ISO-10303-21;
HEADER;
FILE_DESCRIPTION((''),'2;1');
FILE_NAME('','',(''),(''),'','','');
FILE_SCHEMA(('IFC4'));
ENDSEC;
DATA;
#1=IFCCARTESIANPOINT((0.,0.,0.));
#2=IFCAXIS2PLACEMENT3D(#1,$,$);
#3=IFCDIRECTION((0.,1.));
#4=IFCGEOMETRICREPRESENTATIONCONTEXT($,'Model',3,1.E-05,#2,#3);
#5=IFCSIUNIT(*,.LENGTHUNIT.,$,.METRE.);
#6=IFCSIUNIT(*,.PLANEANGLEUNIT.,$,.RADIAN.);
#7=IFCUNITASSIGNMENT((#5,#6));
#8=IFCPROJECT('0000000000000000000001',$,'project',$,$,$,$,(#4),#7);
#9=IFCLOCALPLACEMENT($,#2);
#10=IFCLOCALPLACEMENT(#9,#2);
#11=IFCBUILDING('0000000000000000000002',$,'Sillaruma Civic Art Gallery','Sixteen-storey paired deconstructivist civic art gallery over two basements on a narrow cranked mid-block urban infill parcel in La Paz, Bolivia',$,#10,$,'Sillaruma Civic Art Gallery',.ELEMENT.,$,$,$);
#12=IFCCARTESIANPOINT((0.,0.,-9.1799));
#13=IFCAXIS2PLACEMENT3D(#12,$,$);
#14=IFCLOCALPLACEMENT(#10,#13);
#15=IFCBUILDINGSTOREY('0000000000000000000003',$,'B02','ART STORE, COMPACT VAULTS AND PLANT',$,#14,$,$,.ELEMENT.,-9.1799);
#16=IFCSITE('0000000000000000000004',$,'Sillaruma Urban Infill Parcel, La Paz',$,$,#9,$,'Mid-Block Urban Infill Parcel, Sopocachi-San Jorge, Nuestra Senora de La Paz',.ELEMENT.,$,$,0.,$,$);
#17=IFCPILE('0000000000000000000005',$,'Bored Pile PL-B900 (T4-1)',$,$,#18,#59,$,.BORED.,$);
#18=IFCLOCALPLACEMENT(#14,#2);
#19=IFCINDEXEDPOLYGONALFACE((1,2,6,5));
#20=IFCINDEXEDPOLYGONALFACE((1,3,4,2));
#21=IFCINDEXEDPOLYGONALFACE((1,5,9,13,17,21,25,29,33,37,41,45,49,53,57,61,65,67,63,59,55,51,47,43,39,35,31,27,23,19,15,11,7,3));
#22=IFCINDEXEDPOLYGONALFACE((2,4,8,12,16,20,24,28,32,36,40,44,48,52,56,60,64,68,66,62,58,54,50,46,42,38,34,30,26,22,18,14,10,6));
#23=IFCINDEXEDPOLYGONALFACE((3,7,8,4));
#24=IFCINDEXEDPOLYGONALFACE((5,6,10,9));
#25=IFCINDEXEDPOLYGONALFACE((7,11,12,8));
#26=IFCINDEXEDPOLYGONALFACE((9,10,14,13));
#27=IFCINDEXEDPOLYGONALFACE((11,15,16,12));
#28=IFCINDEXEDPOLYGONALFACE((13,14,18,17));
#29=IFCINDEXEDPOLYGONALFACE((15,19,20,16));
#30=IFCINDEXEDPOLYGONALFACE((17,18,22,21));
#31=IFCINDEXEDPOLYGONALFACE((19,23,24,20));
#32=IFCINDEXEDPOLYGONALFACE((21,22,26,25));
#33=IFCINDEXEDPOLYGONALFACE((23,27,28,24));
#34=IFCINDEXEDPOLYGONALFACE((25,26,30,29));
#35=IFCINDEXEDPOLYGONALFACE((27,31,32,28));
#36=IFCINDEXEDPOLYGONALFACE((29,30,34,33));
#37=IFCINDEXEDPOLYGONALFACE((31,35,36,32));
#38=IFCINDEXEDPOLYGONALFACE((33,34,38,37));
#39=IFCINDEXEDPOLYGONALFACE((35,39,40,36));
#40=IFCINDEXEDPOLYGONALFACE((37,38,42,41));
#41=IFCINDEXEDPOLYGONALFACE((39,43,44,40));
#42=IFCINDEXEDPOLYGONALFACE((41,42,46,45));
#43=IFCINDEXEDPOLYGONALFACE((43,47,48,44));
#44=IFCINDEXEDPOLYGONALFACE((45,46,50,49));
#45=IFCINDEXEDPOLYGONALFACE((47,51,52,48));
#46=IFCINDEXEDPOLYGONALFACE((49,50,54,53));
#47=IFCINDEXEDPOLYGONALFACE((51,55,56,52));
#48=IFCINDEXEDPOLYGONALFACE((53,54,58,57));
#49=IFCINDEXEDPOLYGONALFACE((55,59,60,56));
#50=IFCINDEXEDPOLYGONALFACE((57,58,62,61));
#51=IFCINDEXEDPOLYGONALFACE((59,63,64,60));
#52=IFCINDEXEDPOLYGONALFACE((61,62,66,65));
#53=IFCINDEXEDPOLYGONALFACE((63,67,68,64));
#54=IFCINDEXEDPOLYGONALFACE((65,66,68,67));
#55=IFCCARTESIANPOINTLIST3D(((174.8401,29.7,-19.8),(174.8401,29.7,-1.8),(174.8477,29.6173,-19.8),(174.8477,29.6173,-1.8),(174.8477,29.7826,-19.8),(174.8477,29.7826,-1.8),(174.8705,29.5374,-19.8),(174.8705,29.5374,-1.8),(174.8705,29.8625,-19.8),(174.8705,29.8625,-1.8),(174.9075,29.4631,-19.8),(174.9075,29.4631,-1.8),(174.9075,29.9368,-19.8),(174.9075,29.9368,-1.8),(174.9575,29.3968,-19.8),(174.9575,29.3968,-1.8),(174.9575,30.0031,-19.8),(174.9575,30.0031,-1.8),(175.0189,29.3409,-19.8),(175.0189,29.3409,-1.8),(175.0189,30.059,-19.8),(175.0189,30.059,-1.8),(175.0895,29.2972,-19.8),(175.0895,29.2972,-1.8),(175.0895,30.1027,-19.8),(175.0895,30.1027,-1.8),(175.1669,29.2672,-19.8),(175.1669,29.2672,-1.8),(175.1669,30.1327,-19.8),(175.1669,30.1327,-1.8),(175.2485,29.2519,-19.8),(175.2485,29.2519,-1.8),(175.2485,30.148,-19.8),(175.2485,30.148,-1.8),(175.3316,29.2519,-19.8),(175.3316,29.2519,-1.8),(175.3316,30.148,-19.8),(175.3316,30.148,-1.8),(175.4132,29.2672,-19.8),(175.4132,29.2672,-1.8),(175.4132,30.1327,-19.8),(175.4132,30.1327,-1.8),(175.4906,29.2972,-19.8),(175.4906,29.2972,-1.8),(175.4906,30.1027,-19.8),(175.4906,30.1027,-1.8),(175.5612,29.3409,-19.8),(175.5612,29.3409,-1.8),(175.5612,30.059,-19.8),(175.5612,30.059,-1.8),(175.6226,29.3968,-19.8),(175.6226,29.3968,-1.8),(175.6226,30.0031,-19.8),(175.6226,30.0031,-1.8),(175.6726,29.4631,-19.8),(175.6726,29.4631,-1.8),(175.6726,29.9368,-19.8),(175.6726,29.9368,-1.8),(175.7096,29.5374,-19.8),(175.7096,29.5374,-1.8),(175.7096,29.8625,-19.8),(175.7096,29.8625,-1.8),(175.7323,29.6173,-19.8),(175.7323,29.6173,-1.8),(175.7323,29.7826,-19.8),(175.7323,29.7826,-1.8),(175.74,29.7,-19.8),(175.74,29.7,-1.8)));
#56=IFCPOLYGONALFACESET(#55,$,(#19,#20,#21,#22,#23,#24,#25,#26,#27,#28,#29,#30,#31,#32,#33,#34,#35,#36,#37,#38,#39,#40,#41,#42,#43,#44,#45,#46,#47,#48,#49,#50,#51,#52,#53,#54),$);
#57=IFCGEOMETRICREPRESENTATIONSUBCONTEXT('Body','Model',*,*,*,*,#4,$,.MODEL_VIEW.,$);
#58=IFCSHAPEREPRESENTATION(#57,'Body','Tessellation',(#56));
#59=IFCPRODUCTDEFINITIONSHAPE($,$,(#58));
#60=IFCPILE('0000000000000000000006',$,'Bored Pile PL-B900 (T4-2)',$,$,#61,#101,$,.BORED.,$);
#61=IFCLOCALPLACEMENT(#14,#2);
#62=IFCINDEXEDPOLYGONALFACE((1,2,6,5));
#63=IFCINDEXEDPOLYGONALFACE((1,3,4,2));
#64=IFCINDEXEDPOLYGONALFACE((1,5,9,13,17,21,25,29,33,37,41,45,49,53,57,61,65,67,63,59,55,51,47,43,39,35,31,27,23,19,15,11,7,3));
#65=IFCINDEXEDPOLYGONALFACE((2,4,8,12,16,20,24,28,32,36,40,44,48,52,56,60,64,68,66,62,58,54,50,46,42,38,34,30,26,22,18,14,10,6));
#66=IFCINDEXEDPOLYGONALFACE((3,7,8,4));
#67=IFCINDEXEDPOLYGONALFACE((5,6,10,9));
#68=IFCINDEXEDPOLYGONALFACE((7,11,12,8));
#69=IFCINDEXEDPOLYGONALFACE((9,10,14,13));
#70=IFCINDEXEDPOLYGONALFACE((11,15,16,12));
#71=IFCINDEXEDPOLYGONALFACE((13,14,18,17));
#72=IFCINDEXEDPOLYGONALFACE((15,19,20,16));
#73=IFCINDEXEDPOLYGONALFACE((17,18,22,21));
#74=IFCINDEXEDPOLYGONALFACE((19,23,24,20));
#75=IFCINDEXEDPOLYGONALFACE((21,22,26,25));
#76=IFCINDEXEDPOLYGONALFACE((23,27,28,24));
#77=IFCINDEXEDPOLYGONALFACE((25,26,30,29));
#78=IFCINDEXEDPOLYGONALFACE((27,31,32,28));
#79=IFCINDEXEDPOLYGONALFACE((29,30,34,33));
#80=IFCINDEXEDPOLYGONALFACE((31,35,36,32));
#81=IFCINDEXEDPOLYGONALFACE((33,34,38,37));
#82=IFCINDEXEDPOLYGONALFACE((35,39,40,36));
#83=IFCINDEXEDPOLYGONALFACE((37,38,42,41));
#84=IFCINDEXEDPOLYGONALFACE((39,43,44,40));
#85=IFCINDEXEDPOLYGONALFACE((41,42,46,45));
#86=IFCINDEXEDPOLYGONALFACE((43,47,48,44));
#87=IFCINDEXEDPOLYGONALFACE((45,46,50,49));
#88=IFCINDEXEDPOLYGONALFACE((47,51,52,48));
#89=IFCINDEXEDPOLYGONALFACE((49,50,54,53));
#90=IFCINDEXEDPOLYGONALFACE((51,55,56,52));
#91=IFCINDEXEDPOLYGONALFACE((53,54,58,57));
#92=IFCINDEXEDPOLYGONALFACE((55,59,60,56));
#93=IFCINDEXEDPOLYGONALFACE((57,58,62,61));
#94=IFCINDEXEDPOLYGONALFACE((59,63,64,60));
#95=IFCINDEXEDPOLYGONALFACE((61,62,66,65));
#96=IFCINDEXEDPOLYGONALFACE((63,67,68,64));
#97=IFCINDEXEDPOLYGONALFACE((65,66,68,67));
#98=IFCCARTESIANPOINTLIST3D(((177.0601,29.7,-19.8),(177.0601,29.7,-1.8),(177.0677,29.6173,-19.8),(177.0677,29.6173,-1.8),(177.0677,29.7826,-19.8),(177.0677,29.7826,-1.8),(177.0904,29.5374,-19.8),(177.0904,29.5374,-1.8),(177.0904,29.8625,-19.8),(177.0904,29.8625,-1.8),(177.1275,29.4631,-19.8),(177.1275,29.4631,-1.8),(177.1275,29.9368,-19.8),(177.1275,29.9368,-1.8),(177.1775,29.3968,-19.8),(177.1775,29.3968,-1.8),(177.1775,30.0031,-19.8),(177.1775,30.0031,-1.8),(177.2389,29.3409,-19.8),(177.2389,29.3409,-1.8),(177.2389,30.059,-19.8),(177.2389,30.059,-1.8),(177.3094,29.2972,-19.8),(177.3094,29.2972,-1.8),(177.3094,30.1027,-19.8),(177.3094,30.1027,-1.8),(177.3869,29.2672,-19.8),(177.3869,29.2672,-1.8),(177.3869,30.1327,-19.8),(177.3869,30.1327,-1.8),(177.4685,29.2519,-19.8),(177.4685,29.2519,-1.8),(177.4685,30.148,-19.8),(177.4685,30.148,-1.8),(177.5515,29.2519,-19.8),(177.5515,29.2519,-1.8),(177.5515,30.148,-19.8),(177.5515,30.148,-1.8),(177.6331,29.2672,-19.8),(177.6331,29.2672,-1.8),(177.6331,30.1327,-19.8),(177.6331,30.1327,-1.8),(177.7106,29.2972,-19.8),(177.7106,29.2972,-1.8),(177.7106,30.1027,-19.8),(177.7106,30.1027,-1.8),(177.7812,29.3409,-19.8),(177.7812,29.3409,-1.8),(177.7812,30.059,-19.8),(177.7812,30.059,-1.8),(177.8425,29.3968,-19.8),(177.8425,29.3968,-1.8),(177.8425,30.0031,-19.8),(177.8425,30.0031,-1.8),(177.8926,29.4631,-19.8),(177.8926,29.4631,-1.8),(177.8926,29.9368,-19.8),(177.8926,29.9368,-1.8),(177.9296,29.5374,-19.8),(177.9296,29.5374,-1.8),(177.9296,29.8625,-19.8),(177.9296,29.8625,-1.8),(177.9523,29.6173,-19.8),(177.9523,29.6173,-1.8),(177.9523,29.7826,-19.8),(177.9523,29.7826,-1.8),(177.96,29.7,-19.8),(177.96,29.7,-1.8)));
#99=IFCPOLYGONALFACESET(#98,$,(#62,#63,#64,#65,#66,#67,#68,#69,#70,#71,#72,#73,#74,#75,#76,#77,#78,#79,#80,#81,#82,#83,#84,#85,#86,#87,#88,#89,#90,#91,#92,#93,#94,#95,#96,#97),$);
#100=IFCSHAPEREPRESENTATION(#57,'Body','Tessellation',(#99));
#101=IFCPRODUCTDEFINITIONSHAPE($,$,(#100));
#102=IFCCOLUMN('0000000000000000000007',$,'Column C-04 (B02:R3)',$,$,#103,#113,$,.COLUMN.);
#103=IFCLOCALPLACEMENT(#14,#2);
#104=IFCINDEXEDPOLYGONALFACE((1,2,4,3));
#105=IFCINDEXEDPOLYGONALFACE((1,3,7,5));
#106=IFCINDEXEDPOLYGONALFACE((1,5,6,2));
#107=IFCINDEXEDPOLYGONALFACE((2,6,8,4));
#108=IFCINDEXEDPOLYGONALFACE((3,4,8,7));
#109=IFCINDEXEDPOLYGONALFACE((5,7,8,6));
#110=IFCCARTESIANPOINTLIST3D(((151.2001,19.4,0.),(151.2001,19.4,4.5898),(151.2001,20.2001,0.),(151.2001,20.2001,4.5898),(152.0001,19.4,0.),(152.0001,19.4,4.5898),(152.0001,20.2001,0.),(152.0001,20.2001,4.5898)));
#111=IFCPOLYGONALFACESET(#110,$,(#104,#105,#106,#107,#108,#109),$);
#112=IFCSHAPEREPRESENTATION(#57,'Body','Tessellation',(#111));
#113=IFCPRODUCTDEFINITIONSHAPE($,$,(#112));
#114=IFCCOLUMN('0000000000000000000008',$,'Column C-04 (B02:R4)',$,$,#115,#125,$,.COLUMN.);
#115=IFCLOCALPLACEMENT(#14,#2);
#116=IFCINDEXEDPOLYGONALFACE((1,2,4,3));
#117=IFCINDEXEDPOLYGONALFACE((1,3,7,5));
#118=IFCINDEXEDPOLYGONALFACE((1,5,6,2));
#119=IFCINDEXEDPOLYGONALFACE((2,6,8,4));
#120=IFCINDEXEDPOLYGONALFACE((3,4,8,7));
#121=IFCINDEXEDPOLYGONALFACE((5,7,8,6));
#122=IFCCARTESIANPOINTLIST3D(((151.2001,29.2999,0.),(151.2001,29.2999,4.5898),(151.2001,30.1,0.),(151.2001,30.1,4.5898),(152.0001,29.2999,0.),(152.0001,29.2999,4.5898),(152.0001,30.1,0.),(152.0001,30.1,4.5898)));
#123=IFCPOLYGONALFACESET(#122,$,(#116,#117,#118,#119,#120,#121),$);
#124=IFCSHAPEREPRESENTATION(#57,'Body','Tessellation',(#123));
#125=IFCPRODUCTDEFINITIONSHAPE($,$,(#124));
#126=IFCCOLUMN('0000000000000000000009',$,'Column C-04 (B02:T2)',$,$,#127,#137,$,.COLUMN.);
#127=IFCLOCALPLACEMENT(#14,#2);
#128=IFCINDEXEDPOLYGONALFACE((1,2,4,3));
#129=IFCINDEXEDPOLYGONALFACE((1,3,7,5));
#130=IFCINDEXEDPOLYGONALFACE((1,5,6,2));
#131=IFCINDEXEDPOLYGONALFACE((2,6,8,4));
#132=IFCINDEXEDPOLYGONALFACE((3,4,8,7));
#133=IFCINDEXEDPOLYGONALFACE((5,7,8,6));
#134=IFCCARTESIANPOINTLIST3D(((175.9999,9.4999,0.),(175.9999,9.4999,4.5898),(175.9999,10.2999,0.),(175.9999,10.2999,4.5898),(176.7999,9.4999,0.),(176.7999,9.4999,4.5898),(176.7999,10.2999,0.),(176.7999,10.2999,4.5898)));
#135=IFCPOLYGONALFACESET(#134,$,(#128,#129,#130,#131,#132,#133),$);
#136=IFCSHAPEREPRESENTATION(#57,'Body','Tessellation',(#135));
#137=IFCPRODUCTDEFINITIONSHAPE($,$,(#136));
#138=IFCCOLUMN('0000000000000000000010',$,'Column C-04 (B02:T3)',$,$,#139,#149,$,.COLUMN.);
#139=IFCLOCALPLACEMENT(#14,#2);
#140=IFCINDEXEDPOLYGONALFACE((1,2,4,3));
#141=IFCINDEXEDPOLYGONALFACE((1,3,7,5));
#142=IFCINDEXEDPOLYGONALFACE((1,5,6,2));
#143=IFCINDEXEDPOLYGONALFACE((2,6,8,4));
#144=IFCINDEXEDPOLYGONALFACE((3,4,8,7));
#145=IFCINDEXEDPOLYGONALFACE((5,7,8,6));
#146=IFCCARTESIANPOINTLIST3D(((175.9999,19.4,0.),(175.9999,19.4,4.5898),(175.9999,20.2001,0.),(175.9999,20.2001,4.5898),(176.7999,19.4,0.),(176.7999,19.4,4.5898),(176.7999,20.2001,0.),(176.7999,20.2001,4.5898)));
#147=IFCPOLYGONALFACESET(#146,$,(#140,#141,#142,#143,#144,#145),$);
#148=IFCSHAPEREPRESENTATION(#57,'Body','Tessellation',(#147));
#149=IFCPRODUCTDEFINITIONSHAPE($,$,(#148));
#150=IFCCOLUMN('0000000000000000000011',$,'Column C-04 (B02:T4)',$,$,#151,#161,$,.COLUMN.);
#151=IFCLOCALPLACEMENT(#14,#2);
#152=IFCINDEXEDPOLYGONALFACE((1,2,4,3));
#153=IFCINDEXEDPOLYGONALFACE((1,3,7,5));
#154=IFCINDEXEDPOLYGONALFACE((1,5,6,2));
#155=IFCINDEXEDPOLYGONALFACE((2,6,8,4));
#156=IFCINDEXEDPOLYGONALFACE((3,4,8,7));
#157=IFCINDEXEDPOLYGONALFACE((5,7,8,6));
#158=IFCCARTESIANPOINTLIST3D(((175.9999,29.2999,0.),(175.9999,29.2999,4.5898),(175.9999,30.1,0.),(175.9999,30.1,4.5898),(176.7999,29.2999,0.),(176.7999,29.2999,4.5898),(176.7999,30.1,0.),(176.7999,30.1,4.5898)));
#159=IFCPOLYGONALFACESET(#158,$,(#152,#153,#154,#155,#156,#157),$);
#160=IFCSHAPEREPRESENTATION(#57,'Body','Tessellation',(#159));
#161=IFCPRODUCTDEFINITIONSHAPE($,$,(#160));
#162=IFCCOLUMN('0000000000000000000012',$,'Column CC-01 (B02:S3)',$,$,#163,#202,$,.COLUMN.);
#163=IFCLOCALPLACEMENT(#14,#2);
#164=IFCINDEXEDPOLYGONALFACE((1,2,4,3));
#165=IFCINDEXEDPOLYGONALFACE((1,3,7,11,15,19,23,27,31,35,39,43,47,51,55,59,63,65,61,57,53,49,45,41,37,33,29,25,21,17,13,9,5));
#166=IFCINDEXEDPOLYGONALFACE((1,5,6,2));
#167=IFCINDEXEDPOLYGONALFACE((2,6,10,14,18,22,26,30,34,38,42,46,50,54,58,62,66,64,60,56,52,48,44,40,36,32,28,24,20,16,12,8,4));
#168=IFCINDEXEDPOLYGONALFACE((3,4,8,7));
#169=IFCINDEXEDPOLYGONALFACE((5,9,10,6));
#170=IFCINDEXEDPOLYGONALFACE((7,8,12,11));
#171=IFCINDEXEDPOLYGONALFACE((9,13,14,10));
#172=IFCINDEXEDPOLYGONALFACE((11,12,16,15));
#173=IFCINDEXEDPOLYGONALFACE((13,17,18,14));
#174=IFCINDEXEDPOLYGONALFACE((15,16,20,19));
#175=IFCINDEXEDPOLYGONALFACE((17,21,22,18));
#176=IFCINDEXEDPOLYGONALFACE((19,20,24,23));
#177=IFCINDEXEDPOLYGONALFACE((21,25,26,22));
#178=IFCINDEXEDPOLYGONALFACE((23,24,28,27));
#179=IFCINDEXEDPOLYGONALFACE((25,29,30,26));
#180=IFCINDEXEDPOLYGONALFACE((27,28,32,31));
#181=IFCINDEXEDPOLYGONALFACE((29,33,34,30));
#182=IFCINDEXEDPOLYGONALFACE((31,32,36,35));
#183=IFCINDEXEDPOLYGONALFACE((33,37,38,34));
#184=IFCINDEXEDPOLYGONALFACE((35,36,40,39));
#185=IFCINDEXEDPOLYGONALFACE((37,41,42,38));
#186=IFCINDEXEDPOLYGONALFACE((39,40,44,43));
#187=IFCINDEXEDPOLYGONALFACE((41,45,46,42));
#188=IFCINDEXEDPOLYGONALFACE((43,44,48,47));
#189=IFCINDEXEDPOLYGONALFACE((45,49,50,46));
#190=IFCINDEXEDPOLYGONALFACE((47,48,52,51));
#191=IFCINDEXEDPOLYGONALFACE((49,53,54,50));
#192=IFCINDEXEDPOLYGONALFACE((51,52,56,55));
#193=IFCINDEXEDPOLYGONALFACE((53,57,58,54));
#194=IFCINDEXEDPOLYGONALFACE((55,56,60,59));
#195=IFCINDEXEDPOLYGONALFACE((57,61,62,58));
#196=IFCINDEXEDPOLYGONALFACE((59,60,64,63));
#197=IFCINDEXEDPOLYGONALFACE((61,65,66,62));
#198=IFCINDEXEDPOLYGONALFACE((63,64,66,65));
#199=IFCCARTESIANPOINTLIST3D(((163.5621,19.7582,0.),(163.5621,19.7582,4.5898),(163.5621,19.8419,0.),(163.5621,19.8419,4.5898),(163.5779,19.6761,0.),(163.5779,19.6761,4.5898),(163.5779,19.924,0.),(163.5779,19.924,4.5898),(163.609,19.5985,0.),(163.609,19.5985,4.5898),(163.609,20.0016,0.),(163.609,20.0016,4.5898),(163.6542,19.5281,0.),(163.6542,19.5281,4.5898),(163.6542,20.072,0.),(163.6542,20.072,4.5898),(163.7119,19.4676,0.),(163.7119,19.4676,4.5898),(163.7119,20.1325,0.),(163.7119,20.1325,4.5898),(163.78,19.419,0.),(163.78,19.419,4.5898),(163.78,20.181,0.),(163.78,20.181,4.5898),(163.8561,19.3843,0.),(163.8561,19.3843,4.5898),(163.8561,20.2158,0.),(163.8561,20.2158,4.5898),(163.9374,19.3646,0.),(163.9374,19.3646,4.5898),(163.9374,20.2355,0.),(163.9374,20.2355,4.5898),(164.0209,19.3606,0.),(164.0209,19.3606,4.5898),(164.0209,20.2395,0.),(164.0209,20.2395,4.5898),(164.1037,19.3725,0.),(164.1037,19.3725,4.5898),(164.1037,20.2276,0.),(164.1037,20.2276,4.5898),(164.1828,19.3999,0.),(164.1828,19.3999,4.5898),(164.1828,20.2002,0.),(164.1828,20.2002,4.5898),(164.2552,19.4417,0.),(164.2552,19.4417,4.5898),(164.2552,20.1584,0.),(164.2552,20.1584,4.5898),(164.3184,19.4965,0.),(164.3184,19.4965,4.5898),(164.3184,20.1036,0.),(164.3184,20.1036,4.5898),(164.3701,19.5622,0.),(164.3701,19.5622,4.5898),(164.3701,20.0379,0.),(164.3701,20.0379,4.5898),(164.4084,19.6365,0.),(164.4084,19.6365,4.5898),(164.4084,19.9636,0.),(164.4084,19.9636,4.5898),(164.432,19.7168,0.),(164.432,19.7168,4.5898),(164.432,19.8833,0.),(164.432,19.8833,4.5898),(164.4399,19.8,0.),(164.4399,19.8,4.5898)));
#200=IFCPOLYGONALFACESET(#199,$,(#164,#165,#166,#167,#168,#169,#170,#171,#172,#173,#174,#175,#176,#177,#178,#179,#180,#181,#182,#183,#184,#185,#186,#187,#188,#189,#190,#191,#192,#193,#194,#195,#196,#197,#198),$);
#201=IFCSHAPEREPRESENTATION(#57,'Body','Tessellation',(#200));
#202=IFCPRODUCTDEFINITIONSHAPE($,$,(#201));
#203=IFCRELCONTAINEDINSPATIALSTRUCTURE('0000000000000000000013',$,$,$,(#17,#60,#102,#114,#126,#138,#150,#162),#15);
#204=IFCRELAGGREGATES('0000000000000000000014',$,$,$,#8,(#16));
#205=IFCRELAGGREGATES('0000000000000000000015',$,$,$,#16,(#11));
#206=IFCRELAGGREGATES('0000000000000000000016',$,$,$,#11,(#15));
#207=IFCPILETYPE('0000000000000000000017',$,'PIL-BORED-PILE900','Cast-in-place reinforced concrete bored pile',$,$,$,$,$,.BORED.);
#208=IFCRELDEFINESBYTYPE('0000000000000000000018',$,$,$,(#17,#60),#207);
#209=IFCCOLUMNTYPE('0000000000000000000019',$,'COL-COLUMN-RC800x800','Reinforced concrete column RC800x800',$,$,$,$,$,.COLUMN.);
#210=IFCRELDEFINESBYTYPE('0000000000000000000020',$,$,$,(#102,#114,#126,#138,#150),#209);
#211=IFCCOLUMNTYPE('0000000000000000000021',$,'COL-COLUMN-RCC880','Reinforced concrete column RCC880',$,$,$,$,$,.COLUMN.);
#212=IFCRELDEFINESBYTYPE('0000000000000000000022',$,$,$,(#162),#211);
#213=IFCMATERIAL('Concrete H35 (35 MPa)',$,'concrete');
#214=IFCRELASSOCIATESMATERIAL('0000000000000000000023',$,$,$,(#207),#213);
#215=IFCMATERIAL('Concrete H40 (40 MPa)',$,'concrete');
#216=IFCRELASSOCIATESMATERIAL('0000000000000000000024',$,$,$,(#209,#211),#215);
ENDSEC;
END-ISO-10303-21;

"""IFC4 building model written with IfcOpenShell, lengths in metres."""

from ifc_helpers import new_model, si_unit, direction, frame, origin, origin_2d, place, context, subcontext, project, spatial, rectangle, circle, extrude, material, material_profile, profile_set, type_object, element, save


model = new_model("IFC4")

# Units and contexts
model_context = context("Model", 3, precision=1e-05, world=origin(), true_north=direction((0.0, 1.0)))
body_context = subcontext(model_context, "Body", "Model", "MODEL_VIEW")
ifc_project = project(units=[si_unit("LENGTHUNIT", "METRE"), si_unit("PLANEANGLEUNIT", "RADIAN")], contexts=[model_context])

# Site, building, storey
site_placement = place(None, origin())
site = spatial("IfcSite", under=ifc_project, at=site_placement, Name="Sillaruma Urban Infill Parcel, La Paz", LongName="Mid-Block Urban Infill Parcel, Sopocachi-San Jorge, Nuestra Senora de La Paz", CompositionType="ELEMENT", RefElevation=0.0)
building_placement = place(site_placement, origin())
building = spatial("IfcBuilding", under=site, at=building_placement, Name="Sillaruma Civic Art Gallery", Description="Sixteen-storey paired deconstructivist civic art gallery over two basements on a narrow cranked mid-block urban infill parcel in La Paz, Bolivia", LongName="Sillaruma Civic Art Gallery", CompositionType="ELEMENT")
storey_placement = place(building_placement, frame((0.0, 0.0, -9.1799)))
storey = spatial("IfcBuildingStorey", under=building, at=storey_placement, Name="B02", Description="ART STORE, COMPACT VAULTS AND PLANT", CompositionType="ELEMENT", Elevation=-9.1799)

# Shared definitions
ifc_material_1 = material(Name="Concrete H35 (35 MPa)", Category="concrete")

# Piles
ifc_material_profile_1 = material_profile(ifc_material_1, circle(Radius=0.45, at=origin_2d()), Name="PILE900")
ifc_profile_set_1 = profile_set([ifc_material_profile_1], Name="Concrete H35 (35 MPa)")
pile_type_1 = type_object("IfcPileType", Name="PIL-BORED-PILE900", Description="Cast-in-place reinforced concrete bored pile", PredefinedType="BORED", material=ifc_profile_set_1)
for number, where, z_axis, x_axis, name in (
    (1, (175.29, 29.7, -1.8), (0.0, 0.0, -1.0), (1.0, 0.0, 0.0), "Bored Pile PL-B900 (T4-1)"),
    (2, (177.51, 29.7, -1.8), (0.0, 0.0, -1.0), (1.0, 0.0, 0.0), "Bored Pile PL-B900 (T4-2)"),
):
    element("IfcPile", number, at=place(storey_placement, frame(where, z_axis=z_axis, x_axis=x_axis)), inside=storey, type_object=pile_type_1, Name=name, PredefinedType="BORED", context=body_context, shape_type="SweptSolid", body=[
        extrude(circle(Radius=0.45, at=origin_2d()), origin(), (0.0, 0.0, 1.0), 18.0),
    ])

# Columns
ifc_material_2 = material(Name="Concrete H40 (40 MPa)", Category="concrete")
ifc_material_profile_2 = material_profile(ifc_material_2, rectangle(XDim=0.8, YDim=0.8, at=origin_2d()), Name="RC800x800")
ifc_profile_set_2 = profile_set([ifc_material_profile_2], Name="Concrete H40 (40 MPa)")
column_type_1 = type_object("IfcColumnType", Name="COL-COLUMN-RC800x800", Description="Reinforced concrete column RC800x800", PredefinedType="COLUMN", material=ifc_profile_set_2)
for number, where, z_axis, x_axis, name in (
    (3, (151.6001, 19.8, 0.0), (0.0, 0.0, 1.0), (1.0, 0.0, 0.0), "Column C-04 (B02:R3)"),
    (4, (151.6001, 29.7, 0.0), (0.0, 0.0, 1.0), (1.0, 0.0, 0.0), "Column C-04 (B02:R4)"),
    (5, (176.3999, 9.8999, 0.0), (0.0, 0.0, 1.0), (1.0, 0.0, 0.0), "Column C-04 (B02:T2)"),
    (6, (176.3999, 19.8, 0.0), (0.0, 0.0, 1.0), (1.0, 0.0, 0.0), "Column C-04 (B02:T3)"),
    (7, (176.3999, 29.7, 0.0), (0.0, 0.0, 1.0), (1.0, 0.0, 0.0), "Column C-04 (B02:T4)"),
):
    element("IfcColumn", number, at=place(storey_placement, frame(where, z_axis=z_axis, x_axis=x_axis)), inside=storey, type_object=column_type_1, Name=name, PredefinedType="COLUMN", context=body_context, shape_type="SweptSolid", body=[
        extrude(rectangle(XDim=0.8, YDim=0.8, at=origin_2d()), origin(), (0.0, 0.0, 1.0), 4.5898),
    ])
ifc_material_profile_3 = material_profile(ifc_material_2, circle(Radius=0.4399, at=origin_2d()), Name="RCC880")
ifc_profile_set_3 = profile_set([ifc_material_profile_3], Name="Concrete H40 (40 MPa)")
column_type_2 = type_object("IfcColumnType", Name="COL-COLUMN-RCC880", Description="Reinforced concrete column RCC880", PredefinedType="COLUMN", material=ifc_profile_set_3)
for number, where, z_axis, x_axis, name in (
    (8, (164.0, 19.8, 0.0), (0.0, 0.0, 1.0), (1.0, 0.0, 0.0), "Column CC-01 (B02:S3)"),
):
    element("IfcColumn", number, at=place(storey_placement, frame(where, z_axis=z_axis, x_axis=x_axis)), inside=storey, type_object=column_type_2, Name=name, PredefinedType="COLUMN", context=body_context, shape_type="SweptSolid", body=[
        extrude(circle(Radius=0.4399, at=origin_2d()), origin(), (0.0, 0.0, 1.0), 4.5898),
    ])

save(model, "model.ifc")
